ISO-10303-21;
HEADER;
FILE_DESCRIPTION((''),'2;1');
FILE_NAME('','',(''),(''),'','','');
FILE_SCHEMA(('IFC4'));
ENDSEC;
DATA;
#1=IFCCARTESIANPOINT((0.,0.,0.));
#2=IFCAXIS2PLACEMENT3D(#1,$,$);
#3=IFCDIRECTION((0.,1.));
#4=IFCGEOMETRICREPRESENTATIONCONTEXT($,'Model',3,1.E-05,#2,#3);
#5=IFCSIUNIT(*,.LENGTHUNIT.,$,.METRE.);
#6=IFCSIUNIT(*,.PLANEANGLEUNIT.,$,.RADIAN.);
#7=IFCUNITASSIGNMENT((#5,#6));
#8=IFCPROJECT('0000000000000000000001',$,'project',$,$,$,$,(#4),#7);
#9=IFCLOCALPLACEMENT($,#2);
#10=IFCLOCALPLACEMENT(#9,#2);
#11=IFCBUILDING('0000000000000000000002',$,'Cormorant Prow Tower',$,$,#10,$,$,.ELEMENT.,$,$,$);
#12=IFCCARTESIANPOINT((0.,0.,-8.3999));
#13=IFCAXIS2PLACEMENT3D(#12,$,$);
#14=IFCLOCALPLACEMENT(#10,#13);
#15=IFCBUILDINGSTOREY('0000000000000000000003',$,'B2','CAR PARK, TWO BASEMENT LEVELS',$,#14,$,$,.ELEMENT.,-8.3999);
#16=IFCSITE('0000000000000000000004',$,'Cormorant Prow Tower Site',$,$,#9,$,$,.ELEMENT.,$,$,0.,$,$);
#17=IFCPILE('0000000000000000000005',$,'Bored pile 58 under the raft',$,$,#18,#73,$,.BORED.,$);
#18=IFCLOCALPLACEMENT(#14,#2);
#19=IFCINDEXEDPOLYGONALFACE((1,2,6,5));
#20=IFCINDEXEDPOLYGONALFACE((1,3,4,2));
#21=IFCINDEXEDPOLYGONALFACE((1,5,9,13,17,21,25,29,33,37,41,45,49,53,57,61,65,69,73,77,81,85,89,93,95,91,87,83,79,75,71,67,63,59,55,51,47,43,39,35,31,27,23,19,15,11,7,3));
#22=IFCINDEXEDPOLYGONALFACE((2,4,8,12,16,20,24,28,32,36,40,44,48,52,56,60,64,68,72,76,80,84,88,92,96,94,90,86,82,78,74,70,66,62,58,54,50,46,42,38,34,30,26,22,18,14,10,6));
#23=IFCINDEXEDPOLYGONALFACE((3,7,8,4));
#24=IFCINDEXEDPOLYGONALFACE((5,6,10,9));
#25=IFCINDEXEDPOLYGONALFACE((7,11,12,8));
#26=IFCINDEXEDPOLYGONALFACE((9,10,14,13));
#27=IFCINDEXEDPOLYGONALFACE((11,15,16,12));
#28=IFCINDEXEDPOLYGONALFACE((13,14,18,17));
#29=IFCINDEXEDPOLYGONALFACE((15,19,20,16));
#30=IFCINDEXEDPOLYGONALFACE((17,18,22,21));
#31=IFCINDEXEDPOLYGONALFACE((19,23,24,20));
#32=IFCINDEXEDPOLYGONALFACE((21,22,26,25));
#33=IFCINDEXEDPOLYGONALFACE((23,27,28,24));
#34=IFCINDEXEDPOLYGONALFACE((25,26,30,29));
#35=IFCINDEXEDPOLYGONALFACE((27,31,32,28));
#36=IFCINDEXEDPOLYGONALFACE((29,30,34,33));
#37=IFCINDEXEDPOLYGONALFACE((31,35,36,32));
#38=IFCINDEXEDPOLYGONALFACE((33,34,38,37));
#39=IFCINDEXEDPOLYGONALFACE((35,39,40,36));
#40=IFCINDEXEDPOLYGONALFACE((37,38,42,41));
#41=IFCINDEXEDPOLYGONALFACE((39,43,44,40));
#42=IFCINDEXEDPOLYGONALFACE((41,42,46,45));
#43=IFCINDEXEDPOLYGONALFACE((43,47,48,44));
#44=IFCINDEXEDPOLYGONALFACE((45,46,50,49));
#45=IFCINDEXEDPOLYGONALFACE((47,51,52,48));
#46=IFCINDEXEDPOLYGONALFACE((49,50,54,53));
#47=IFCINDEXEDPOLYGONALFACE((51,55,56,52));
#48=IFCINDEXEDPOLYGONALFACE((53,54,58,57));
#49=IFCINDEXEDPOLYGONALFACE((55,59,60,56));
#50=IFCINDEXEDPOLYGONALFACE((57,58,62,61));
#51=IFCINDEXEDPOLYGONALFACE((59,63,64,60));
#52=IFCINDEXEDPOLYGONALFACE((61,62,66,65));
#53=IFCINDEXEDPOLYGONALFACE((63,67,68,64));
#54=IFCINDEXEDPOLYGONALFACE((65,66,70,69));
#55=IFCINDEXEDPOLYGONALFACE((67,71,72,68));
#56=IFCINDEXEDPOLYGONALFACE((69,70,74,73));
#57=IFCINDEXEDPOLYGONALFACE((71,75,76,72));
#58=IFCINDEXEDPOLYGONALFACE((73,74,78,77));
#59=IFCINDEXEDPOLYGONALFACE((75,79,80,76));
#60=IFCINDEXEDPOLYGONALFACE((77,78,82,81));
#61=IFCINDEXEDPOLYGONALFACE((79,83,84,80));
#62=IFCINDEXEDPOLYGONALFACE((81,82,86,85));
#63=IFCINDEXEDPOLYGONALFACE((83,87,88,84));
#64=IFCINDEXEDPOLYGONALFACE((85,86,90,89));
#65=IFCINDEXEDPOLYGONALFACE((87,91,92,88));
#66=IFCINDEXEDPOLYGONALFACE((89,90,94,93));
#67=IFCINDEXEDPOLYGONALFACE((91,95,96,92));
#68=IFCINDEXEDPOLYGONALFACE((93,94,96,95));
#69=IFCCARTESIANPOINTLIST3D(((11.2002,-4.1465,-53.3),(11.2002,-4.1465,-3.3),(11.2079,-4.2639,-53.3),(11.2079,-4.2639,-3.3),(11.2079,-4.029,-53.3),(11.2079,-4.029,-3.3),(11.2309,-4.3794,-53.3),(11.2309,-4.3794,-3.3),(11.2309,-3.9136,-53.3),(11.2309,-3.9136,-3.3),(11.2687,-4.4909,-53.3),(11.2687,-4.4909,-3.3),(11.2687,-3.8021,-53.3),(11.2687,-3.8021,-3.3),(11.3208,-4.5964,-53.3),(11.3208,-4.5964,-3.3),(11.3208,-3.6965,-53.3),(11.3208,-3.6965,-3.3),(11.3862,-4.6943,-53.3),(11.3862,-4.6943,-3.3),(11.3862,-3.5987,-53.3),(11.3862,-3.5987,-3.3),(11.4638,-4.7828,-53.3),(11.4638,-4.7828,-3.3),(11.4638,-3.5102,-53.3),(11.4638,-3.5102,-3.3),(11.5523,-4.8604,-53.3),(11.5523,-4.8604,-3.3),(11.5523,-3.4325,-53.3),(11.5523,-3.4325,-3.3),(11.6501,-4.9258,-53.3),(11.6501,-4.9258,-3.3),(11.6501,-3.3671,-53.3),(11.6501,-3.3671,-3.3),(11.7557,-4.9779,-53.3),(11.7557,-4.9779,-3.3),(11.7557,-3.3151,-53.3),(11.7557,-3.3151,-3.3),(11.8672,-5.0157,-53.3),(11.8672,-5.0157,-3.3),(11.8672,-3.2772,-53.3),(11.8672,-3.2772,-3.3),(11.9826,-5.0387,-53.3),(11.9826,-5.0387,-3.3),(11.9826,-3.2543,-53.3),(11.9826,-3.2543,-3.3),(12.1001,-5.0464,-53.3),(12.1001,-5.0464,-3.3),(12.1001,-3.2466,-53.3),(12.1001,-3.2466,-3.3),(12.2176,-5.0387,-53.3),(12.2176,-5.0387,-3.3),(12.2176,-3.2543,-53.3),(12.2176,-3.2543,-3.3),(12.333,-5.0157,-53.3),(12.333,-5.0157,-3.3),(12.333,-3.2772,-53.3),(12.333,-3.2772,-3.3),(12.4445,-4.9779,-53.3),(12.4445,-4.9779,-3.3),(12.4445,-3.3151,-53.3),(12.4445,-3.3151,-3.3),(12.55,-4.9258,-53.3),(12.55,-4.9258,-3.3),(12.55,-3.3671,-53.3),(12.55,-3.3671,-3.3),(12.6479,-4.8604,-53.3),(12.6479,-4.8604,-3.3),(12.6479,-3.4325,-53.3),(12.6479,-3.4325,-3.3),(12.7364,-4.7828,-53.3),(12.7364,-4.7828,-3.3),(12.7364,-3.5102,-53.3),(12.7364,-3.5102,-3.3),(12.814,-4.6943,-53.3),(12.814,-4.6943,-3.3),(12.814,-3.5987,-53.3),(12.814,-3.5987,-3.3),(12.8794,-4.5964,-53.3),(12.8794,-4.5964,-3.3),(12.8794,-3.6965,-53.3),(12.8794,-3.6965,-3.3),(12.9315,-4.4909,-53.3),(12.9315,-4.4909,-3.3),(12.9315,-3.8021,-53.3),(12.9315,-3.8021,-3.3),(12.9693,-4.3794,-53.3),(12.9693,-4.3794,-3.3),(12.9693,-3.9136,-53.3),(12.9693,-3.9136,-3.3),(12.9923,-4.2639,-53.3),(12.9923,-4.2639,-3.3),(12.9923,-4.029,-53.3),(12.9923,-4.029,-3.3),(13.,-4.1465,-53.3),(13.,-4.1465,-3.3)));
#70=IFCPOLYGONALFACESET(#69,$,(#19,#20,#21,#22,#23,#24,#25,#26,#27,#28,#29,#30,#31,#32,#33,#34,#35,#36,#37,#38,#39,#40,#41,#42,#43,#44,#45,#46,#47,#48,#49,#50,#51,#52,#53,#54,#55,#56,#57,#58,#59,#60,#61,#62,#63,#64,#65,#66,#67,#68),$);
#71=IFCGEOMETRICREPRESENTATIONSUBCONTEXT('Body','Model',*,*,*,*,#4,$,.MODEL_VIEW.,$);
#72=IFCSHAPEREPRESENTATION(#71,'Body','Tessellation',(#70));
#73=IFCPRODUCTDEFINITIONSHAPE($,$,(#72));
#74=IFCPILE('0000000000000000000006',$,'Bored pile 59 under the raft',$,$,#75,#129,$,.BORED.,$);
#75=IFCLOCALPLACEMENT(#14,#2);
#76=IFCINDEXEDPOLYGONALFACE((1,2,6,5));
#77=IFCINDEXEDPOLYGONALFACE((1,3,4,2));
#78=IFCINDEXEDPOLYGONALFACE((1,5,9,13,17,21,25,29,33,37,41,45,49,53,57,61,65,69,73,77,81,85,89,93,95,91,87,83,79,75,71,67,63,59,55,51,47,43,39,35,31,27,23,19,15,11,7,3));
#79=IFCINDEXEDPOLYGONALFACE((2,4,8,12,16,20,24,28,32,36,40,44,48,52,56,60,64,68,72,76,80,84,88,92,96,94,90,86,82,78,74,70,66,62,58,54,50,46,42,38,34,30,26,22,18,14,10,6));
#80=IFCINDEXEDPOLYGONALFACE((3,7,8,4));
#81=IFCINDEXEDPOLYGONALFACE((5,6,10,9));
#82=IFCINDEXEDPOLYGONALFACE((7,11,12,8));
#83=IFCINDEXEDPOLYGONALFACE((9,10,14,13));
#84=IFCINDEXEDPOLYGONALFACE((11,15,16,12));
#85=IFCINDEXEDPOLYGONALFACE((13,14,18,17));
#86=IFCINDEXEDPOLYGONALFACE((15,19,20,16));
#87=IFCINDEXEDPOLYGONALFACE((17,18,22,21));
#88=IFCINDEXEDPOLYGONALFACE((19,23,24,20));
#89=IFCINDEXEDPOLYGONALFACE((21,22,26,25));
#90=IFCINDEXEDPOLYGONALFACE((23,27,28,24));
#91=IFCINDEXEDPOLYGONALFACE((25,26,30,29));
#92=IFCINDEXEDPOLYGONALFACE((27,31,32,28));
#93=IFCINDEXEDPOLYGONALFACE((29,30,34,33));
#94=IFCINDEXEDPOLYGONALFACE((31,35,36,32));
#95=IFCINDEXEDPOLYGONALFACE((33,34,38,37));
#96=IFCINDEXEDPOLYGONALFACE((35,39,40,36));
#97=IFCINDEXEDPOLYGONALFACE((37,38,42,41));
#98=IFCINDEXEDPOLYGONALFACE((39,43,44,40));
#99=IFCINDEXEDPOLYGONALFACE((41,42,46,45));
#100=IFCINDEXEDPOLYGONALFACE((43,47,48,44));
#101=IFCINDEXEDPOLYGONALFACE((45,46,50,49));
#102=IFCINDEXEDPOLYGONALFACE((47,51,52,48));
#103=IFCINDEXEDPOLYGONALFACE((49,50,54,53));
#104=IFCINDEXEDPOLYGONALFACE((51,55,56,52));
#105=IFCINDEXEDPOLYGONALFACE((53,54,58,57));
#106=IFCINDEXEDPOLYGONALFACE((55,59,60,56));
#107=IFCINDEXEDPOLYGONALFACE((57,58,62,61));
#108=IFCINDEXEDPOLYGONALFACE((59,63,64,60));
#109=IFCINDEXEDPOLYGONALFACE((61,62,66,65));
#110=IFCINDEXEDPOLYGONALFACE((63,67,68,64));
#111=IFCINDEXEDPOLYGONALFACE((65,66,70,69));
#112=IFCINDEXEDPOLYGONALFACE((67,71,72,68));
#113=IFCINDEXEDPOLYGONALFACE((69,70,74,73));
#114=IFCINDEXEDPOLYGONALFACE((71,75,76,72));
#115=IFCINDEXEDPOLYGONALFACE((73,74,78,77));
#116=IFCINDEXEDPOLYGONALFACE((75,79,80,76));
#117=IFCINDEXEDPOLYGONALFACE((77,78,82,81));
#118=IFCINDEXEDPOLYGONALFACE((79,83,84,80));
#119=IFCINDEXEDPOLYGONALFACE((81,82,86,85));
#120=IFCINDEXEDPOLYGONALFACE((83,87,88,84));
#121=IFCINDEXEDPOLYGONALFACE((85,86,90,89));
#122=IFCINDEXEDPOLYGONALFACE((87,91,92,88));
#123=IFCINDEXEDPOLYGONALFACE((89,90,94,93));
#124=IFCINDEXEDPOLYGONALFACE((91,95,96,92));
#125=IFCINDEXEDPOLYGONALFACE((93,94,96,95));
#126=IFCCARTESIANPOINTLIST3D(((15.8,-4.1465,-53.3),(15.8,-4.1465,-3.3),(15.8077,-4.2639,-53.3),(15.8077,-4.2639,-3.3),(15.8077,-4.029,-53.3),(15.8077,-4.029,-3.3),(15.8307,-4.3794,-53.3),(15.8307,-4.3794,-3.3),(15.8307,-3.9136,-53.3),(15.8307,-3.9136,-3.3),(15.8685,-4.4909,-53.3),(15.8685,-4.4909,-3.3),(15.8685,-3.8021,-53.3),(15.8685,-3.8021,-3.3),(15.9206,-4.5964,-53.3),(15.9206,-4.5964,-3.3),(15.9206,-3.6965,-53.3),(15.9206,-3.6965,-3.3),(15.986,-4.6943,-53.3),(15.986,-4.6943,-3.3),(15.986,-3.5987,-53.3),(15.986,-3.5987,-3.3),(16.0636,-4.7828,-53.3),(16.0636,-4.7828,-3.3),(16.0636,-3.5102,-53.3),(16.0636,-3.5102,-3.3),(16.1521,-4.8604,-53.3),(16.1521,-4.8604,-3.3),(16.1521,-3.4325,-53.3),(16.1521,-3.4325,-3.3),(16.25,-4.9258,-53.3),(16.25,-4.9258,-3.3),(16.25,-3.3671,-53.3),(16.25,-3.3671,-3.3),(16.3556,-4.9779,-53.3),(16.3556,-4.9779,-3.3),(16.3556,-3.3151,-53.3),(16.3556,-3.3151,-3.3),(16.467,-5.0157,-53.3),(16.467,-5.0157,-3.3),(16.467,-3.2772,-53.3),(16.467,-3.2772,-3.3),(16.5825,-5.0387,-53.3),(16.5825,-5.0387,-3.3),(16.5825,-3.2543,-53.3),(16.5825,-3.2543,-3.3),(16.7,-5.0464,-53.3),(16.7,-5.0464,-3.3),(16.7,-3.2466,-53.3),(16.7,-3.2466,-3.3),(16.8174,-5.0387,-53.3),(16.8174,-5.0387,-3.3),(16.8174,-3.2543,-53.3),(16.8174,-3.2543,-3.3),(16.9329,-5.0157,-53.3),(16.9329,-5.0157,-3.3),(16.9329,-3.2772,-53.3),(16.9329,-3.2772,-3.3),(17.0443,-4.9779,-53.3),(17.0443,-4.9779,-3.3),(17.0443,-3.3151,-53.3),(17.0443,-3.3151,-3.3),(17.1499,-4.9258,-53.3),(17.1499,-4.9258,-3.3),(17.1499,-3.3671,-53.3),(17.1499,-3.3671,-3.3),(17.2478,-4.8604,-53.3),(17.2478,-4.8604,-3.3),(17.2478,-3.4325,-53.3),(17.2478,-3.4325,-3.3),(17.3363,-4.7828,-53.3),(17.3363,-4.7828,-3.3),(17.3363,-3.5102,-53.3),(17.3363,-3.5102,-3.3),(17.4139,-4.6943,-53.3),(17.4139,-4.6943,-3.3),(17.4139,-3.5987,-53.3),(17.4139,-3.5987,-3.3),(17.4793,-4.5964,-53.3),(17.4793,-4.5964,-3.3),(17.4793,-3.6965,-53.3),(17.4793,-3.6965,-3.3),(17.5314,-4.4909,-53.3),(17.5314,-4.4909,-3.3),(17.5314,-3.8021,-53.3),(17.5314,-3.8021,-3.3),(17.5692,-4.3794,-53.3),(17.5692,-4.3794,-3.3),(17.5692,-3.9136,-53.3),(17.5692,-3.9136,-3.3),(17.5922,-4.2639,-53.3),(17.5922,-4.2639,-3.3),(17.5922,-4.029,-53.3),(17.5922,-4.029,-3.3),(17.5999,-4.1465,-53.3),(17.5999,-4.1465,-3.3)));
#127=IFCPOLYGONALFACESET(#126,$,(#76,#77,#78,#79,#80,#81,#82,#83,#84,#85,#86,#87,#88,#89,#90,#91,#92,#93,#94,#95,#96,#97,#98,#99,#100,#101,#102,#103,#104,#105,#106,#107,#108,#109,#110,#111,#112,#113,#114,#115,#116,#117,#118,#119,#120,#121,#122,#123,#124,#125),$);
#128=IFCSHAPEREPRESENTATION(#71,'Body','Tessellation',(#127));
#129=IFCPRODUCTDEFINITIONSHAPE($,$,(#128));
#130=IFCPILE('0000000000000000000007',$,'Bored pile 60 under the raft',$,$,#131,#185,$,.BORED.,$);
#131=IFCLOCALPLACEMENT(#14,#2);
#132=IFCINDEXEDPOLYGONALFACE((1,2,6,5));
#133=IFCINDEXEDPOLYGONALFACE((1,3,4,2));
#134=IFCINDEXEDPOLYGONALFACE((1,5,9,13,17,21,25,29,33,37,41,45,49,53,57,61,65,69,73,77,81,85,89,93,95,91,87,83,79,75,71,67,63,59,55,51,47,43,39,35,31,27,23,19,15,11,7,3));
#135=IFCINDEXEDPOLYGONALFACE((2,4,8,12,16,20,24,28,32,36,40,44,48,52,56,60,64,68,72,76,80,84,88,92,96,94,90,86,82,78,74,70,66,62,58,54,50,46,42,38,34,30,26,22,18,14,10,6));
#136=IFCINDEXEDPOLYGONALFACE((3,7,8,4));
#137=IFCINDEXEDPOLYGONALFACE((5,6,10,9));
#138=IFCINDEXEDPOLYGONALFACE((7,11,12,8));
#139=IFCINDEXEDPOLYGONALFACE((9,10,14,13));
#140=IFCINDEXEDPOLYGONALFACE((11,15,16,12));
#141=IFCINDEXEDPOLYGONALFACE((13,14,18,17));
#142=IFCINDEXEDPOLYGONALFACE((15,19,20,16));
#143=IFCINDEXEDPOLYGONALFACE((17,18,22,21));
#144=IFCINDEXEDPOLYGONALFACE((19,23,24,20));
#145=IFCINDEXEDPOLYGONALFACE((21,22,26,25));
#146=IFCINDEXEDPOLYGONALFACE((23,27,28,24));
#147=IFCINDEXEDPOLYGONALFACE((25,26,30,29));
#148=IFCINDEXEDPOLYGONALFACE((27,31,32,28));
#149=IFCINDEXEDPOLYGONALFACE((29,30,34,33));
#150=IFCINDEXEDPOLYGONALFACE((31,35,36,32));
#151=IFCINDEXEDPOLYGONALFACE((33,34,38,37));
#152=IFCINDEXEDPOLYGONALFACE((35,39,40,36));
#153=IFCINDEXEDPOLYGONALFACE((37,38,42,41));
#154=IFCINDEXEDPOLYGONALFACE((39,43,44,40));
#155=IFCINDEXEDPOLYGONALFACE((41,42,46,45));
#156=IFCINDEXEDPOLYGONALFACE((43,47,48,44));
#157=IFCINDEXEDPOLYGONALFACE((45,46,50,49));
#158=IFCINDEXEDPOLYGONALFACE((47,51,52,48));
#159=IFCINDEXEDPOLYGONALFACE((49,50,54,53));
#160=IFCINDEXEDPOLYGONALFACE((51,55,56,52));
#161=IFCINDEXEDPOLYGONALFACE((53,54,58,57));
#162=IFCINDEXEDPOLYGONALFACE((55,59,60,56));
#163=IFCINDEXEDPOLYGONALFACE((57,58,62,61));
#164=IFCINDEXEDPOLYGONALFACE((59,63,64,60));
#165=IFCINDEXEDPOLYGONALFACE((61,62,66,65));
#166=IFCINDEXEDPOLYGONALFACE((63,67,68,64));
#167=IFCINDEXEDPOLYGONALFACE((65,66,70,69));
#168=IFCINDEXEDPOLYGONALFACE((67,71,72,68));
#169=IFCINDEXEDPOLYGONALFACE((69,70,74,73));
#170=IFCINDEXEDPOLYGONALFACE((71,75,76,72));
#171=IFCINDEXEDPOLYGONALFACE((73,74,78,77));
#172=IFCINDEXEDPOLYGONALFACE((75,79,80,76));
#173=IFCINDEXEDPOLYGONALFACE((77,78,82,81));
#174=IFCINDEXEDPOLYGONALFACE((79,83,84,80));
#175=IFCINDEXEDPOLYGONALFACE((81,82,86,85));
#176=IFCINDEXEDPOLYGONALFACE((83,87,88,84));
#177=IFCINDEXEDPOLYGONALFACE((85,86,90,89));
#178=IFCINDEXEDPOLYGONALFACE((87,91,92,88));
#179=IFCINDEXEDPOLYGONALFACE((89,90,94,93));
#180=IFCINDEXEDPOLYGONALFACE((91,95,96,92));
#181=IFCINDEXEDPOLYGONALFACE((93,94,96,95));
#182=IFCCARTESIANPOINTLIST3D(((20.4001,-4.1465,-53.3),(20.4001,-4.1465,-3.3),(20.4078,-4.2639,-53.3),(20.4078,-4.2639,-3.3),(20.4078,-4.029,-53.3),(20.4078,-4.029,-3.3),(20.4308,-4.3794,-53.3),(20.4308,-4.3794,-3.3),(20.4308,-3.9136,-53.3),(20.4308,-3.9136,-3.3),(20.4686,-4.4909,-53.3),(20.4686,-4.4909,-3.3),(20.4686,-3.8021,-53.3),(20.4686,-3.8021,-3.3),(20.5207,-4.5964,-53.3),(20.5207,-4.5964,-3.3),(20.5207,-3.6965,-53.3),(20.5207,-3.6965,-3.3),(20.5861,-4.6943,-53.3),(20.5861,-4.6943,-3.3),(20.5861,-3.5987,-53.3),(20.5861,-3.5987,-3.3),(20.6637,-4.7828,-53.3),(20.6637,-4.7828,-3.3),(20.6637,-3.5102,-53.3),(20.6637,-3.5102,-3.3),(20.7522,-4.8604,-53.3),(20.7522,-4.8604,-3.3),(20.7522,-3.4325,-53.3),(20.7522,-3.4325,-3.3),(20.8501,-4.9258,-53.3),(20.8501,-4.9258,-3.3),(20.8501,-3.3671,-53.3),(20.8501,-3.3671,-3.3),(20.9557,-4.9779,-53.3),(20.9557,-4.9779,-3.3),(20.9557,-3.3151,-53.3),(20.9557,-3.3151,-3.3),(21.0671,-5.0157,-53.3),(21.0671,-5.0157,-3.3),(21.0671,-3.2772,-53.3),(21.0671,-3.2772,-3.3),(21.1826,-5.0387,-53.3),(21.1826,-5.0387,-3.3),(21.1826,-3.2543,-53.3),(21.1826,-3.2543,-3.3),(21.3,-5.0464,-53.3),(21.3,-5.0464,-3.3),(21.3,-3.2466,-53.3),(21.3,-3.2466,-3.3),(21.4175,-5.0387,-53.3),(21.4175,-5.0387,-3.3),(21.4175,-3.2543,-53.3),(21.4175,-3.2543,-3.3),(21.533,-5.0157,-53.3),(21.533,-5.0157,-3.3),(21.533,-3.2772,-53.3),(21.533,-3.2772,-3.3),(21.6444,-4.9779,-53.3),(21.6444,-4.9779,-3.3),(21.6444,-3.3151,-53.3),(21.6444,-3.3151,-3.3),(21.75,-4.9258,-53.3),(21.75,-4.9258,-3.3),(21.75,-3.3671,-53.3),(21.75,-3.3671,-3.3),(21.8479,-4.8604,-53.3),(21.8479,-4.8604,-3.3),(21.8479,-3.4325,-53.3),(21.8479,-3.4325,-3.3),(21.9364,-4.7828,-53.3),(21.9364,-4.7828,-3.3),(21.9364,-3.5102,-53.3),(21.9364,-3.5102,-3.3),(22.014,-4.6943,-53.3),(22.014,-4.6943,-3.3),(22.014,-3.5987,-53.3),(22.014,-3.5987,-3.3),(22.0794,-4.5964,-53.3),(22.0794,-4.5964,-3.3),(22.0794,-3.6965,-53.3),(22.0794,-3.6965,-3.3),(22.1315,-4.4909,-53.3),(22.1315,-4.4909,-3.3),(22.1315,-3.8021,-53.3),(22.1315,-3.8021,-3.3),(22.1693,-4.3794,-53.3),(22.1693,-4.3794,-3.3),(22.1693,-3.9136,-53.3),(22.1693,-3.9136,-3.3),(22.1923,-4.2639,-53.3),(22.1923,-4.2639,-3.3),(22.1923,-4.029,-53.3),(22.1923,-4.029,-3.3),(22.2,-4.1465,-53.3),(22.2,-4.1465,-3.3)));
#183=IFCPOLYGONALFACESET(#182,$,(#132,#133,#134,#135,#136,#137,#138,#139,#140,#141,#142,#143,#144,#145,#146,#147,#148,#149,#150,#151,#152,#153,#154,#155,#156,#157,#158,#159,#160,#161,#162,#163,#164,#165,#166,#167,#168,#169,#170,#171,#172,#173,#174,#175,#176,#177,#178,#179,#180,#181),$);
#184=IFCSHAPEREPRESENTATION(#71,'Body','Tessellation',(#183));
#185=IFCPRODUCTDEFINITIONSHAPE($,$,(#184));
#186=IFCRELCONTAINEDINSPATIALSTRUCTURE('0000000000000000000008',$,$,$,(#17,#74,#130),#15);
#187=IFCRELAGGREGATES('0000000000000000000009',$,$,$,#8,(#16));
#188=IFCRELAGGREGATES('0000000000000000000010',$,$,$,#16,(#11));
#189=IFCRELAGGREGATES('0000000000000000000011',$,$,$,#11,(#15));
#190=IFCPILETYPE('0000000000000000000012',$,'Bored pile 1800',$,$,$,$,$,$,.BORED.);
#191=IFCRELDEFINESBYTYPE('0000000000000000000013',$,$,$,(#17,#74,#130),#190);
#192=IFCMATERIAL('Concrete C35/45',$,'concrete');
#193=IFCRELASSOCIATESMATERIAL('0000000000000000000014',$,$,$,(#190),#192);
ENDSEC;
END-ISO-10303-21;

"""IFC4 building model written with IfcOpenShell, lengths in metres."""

from ifc_helpers import new_model, si_unit, direction, frame, origin, origin_2d, place, context, subcontext, project, spatial, circle, extrude, material, material_profile, profile_set, type_object, element, save


model = new_model("IFC4")

# Units and contexts
model_context = context("Model", 3, precision=1e-05, world=origin(), true_north=direction((0.0, 1.0)))
body_context = subcontext(model_context, "Body", "Model", "MODEL_VIEW")
ifc_project = project(units=[si_unit("LENGTHUNIT", "METRE"), si_unit("PLANEANGLEUNIT", "RADIAN")], contexts=[model_context])

# Site, building, storey
site_placement = place(None, origin())
site = spatial("IfcSite", under=ifc_project, at=site_placement, Name="Cormorant Prow Tower Site", CompositionType="ELEMENT", RefElevation=0.0)
building_placement = place(site_placement, origin())
building = spatial("IfcBuilding", under=site, at=building_placement, Name="Cormorant Prow Tower", CompositionType="ELEMENT")
storey_placement = place(building_placement, frame((0.0, 0.0, -8.3999)))
storey = spatial("IfcBuildingStorey", under=building, at=storey_placement, Name="B2", Description="CAR PARK, TWO BASEMENT LEVELS", CompositionType="ELEMENT", Elevation=-8.3999)

# Piles
ifc_material_1 = material(Name="Concrete C35/45", Category="concrete")
ifc_material_profile_1 = material_profile(ifc_material_1, circle(Radius=0.8999, at=origin_2d()), Name="Round 1800")
ifc_profile_set_1 = profile_set([ifc_material_profile_1], Name="Concrete C35/45")
pile_type_1 = type_object("IfcPileType", Name="Bored pile 1800", PredefinedType="BORED", material=ifc_profile_set_1)
for number, where, z_axis, x_axis, name in (
    (1, (12.1001, -4.1465, -3.3), (0.0, 0.0, -1.0), (1.0, 0.0, 0.0), "Bored pile 58 under the raft"),
    (2, (16.7, -4.1465, -3.3), (0.0, 0.0, -1.0), (1.0, 0.0, 0.0), "Bored pile 59 under the raft"),
    (3, (21.3, -4.1465, -3.3), (0.0, 0.0, -1.0), (1.0, 0.0, 0.0), "Bored pile 60 under the raft"),
):
    element("IfcPile", number, at=place(storey_placement, frame(where, z_axis=z_axis, x_axis=x_axis)), inside=storey, type_object=pile_type_1, Name=name, PredefinedType="BORED", context=body_context, shape_type="SweptSolid", body=[
        extrude(circle(Radius=0.8999, at=origin_2d()), origin(), (0.0, 0.0, 1.0), 50.0),
    ])

save(model, "model.ifc")
